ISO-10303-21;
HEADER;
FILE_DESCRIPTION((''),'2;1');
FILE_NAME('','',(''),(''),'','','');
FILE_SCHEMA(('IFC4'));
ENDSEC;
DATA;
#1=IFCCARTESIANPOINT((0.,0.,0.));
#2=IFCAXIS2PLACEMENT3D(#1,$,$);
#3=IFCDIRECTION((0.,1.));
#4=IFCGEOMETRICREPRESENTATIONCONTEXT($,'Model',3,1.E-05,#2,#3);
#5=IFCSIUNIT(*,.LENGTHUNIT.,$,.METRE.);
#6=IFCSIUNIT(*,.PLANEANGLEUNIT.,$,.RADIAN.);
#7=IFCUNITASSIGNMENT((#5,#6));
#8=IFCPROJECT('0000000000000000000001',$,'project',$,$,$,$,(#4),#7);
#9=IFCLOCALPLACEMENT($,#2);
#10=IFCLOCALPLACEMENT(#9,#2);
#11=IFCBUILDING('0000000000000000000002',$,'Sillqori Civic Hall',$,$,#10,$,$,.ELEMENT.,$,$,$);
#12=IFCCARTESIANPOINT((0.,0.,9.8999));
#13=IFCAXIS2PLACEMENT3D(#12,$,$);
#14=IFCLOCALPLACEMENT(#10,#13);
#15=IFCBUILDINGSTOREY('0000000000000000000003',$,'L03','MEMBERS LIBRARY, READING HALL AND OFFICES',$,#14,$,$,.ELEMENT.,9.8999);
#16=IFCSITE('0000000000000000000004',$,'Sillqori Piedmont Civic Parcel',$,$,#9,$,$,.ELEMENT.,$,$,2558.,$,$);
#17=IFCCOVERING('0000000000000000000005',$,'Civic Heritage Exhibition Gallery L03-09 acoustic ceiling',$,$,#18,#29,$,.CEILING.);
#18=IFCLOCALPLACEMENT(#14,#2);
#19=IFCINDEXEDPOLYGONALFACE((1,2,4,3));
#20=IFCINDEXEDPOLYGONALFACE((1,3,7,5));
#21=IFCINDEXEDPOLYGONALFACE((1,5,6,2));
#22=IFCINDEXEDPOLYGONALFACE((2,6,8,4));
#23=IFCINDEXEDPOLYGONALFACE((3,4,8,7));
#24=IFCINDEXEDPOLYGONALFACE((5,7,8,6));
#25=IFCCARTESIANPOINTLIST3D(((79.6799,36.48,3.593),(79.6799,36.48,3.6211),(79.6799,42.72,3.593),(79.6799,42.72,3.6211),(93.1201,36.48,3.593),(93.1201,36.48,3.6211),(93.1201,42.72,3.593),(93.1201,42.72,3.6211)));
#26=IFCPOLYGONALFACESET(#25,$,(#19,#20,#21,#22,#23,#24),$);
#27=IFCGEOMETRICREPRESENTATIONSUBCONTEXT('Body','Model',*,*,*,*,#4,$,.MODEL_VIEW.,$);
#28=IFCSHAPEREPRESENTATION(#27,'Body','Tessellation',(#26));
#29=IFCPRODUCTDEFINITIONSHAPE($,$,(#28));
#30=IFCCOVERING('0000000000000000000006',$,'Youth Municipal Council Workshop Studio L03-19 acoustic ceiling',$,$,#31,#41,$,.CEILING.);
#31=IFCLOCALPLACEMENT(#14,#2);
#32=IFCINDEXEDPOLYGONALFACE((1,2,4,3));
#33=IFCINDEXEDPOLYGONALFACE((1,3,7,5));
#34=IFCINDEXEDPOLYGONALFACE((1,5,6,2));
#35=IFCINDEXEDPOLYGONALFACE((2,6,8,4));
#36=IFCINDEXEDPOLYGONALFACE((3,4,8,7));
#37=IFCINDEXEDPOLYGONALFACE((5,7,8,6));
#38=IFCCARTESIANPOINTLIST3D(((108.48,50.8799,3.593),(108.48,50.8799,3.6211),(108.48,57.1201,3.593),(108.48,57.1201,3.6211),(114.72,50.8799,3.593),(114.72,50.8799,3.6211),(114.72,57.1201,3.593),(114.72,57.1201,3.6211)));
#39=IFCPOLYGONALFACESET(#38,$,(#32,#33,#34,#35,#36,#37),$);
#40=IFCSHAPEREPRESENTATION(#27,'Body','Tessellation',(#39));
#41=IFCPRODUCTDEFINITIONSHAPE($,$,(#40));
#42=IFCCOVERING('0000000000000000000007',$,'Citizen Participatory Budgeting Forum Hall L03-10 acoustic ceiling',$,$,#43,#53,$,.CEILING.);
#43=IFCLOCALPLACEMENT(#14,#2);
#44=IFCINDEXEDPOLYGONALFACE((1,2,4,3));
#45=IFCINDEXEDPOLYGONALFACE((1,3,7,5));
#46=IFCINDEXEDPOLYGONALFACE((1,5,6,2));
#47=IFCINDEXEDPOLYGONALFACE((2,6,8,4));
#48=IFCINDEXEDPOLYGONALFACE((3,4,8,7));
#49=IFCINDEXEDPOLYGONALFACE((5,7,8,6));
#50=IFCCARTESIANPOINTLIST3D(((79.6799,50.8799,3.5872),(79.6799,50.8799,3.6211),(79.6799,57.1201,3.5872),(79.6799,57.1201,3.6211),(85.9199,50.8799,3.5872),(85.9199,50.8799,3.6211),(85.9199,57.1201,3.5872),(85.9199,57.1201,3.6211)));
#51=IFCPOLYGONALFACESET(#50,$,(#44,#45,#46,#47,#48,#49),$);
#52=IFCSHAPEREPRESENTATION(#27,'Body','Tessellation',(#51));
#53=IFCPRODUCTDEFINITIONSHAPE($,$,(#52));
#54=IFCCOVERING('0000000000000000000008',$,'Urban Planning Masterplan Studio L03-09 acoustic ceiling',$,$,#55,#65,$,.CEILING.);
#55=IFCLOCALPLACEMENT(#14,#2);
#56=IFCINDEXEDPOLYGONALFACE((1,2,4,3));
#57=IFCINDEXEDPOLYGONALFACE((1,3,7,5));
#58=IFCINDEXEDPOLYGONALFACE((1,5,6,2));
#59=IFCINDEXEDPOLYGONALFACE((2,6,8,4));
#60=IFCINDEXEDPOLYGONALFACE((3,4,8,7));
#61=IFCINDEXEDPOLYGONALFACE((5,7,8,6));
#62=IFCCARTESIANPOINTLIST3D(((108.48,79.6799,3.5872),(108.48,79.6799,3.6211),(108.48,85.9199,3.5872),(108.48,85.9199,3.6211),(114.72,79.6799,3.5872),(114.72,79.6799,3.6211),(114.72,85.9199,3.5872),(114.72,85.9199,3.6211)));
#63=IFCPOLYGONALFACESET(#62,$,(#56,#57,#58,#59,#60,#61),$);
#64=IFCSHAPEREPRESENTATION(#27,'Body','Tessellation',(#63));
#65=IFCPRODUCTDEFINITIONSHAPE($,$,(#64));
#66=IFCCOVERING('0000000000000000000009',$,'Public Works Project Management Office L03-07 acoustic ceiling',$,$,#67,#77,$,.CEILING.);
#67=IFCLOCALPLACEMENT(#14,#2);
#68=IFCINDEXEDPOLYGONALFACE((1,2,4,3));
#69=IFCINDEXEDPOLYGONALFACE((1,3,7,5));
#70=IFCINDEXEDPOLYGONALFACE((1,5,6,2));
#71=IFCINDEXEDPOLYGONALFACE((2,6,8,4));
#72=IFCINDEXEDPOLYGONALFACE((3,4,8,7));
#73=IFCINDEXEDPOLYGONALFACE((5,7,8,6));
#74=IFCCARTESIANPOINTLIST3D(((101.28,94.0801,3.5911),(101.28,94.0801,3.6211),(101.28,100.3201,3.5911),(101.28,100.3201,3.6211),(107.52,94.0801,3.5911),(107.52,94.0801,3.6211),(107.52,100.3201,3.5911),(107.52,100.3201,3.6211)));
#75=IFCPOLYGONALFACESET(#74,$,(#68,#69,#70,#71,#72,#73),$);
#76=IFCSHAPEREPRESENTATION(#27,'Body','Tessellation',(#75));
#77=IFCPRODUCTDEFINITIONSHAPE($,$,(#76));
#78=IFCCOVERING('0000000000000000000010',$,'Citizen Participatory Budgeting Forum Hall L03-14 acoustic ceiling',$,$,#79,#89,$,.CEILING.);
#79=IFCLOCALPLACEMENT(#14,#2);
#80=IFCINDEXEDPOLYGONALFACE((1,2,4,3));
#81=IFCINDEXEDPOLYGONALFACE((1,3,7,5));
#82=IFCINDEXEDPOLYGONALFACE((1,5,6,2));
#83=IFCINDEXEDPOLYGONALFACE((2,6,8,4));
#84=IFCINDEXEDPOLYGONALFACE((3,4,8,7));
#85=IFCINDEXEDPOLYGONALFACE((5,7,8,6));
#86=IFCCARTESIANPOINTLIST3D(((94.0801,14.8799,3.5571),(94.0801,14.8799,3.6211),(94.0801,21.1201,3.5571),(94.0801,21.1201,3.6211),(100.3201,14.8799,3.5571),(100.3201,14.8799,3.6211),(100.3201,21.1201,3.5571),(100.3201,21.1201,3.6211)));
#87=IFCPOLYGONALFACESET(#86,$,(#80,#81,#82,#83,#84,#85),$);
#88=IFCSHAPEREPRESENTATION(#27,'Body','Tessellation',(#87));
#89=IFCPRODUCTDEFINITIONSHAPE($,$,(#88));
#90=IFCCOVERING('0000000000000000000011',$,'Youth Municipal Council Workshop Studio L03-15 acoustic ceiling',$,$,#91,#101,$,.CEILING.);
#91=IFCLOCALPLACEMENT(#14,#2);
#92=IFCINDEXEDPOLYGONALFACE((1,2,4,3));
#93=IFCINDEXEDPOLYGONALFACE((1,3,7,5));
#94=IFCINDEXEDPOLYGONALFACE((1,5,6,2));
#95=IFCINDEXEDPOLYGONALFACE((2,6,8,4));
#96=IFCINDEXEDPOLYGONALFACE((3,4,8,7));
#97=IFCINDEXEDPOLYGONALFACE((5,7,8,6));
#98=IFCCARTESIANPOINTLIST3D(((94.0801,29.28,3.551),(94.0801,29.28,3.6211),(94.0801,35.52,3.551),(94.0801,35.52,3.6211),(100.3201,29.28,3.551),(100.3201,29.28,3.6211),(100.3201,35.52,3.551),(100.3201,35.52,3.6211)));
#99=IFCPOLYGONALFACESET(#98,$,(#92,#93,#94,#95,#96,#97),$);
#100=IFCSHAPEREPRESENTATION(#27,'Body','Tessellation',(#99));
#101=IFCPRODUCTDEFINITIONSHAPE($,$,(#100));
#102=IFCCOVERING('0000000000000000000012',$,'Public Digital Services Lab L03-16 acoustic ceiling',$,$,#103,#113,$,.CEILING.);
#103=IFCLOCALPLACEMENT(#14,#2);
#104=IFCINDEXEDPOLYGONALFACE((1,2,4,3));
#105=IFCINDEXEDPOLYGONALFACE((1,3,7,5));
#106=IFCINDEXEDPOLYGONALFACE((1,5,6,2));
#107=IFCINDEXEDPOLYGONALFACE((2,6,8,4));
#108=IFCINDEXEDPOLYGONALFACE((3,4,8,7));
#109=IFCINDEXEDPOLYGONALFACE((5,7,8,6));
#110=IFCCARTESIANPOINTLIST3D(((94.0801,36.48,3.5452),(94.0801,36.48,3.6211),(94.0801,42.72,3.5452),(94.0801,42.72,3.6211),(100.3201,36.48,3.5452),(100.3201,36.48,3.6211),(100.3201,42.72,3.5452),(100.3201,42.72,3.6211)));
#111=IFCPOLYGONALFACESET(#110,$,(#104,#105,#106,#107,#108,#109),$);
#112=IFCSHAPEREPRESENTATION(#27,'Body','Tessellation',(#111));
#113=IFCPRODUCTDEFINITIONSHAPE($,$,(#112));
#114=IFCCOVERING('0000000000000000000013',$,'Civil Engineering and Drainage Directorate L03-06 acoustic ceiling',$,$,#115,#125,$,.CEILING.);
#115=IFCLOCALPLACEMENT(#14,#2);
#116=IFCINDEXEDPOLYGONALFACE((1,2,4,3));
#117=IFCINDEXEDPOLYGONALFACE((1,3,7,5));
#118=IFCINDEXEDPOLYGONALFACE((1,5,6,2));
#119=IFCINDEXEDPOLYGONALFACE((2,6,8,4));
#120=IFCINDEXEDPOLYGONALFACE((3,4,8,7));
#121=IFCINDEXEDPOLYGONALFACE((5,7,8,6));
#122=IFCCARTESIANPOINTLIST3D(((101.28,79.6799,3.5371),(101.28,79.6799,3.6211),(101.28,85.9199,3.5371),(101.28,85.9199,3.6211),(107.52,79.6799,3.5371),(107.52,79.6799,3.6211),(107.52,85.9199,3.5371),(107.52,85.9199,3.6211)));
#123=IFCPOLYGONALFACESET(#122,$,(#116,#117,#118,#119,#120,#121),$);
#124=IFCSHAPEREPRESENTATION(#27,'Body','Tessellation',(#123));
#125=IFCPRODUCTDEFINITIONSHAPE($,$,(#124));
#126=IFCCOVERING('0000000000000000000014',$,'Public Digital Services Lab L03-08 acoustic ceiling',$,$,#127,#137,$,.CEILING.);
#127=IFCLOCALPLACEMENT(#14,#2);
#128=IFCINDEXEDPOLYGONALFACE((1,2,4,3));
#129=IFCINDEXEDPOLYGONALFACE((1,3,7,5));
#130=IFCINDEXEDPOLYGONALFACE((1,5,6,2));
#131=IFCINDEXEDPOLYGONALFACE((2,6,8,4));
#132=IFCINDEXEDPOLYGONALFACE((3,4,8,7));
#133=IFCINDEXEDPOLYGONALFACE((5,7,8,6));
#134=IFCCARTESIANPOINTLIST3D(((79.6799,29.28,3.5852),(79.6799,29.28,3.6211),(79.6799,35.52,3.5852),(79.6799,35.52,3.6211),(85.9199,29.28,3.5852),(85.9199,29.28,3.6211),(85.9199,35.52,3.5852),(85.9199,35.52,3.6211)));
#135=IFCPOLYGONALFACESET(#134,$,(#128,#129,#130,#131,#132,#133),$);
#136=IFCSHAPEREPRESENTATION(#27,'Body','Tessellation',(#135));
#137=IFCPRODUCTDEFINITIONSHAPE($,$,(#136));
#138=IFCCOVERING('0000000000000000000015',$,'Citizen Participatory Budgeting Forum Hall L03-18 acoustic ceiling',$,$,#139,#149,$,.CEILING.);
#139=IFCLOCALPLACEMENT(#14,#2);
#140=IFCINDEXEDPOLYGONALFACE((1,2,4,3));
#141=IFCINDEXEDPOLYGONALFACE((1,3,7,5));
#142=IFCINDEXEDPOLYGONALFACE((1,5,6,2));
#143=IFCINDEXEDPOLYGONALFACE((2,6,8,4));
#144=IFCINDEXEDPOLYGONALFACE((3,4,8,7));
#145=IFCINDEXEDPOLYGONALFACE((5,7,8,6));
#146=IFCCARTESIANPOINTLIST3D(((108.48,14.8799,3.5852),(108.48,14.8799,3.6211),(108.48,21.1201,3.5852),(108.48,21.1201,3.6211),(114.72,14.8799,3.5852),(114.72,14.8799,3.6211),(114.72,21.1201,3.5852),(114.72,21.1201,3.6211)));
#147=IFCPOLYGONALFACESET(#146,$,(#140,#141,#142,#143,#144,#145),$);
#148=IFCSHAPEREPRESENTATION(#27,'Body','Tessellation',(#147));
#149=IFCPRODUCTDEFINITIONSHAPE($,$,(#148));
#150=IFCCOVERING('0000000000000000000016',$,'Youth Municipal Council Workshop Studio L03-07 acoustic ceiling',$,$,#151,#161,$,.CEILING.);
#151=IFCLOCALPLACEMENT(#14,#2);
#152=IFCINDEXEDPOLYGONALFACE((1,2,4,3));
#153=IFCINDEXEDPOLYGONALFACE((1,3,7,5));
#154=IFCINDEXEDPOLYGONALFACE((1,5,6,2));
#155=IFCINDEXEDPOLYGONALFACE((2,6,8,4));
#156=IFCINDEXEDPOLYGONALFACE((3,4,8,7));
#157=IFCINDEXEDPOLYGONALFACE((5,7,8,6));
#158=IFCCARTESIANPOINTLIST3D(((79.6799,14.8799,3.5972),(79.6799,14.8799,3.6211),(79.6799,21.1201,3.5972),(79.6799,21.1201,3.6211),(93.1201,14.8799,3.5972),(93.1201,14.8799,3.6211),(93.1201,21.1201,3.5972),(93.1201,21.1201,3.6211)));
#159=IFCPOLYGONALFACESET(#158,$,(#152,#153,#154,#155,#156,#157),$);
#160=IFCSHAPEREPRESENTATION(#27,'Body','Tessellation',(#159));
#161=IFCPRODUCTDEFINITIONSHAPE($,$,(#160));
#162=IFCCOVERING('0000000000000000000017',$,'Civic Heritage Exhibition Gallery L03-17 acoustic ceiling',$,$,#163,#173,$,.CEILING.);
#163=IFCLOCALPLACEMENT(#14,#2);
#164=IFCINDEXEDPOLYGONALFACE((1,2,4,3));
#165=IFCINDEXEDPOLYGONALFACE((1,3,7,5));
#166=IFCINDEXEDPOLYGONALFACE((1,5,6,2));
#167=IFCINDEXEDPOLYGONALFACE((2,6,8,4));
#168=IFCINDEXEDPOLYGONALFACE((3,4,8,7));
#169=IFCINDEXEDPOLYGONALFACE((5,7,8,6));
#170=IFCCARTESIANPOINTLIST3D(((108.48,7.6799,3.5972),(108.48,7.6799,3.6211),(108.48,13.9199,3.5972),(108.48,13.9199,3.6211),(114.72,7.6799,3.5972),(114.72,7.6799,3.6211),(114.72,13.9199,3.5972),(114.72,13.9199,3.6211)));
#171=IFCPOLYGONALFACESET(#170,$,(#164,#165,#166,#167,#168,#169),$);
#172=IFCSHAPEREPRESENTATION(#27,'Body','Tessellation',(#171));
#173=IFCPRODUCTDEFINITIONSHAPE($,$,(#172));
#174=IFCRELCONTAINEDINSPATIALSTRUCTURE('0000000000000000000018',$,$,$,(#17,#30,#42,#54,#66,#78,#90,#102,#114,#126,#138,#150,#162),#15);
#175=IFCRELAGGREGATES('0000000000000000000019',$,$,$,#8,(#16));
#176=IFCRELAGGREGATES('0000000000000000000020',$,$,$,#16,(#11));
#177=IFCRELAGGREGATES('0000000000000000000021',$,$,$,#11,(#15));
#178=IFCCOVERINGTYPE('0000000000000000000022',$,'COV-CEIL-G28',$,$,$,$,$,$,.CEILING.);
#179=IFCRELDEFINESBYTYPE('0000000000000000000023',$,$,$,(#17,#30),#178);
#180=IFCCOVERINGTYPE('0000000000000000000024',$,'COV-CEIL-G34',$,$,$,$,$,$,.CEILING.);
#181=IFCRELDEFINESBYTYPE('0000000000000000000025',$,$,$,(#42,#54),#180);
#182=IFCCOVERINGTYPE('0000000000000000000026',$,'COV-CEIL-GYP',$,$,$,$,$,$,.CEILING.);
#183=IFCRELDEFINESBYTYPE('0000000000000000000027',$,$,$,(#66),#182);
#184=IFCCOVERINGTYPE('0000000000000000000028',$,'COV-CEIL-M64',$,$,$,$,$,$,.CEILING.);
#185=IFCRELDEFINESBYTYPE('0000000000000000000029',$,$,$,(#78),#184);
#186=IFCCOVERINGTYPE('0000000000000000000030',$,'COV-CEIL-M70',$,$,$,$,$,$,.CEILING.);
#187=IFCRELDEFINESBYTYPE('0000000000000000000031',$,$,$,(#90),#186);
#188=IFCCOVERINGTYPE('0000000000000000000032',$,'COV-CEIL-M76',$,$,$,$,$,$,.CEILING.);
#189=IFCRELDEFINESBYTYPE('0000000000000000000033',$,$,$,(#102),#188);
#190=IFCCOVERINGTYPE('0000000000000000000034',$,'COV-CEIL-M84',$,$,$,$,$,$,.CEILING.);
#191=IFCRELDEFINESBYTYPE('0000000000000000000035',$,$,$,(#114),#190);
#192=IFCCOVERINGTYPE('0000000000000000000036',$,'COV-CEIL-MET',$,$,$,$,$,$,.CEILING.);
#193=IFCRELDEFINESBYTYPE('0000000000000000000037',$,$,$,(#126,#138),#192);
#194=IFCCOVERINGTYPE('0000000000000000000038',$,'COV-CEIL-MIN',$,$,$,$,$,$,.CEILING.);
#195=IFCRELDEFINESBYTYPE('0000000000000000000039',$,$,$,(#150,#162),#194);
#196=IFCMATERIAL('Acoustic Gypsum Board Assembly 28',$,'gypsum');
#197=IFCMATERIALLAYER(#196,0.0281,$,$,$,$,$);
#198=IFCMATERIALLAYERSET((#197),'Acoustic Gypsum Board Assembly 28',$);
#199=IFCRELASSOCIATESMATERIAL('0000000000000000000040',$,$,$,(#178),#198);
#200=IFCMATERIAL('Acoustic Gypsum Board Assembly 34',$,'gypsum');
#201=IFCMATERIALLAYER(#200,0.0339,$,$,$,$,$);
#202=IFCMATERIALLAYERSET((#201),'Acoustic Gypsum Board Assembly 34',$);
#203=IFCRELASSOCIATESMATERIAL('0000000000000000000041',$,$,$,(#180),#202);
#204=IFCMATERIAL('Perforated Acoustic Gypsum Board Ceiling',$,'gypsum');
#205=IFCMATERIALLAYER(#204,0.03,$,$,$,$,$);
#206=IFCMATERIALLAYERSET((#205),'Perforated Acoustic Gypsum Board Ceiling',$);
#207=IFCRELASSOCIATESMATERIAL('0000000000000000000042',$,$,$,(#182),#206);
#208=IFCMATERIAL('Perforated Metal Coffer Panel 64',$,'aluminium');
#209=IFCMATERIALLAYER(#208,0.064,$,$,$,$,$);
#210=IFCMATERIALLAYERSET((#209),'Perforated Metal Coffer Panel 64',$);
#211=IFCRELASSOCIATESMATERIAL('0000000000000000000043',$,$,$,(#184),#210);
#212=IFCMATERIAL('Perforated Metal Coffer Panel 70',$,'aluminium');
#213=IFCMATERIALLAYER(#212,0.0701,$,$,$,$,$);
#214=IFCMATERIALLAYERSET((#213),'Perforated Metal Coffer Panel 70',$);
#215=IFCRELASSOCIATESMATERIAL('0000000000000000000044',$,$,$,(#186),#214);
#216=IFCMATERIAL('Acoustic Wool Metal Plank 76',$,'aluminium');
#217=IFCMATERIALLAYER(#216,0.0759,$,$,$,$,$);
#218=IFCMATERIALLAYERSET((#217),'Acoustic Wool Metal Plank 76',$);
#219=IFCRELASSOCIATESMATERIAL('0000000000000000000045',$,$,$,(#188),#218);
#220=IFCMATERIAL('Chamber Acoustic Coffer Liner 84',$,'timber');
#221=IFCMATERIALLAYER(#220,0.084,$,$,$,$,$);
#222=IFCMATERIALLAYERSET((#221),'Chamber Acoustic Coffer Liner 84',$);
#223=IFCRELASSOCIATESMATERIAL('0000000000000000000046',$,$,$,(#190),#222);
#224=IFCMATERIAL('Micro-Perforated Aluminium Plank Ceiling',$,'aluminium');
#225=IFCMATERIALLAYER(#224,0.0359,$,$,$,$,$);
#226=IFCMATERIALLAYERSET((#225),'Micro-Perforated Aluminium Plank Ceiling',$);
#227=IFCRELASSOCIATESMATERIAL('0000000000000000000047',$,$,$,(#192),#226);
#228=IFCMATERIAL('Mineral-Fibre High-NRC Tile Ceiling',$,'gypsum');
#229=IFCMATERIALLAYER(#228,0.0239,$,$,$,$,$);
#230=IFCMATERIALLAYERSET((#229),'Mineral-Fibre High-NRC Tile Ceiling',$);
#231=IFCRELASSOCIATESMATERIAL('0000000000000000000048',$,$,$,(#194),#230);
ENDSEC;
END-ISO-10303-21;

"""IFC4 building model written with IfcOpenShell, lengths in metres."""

from ifc_helpers import new_model, si_unit, direction, frame, origin, place, context, subcontext, project, spatial, polyline, outline, extrude, material, layer, layer_set, type_object, element, save


model = new_model("IFC4")

# Units and contexts
model_context = context("Model", 3, precision=1e-05, world=origin(), true_north=direction((0.0, 1.0)))
body_context = subcontext(model_context, "Body", "Model", "MODEL_VIEW")
ifc_project = project(units=[si_unit("LENGTHUNIT", "METRE"), si_unit("PLANEANGLEUNIT", "RADIAN")], contexts=[model_context])

# Site, building, storey
site_placement = place(None, origin())
site = spatial("IfcSite", under=ifc_project, at=site_placement, Name="Sillqori Piedmont Civic Parcel", CompositionType="ELEMENT", RefElevation=2558.0)
building_placement = place(site_placement, origin())
building = spatial("IfcBuilding", under=site, at=building_placement, Name="Sillqori Civic Hall", CompositionType="ELEMENT")
storey_placement = place(building_placement, frame((0.0, 0.0, 9.8999)))
storey = spatial("IfcBuildingStorey", under=building, at=storey_placement, Name="L03", Description="MEMBERS LIBRARY, READING HALL AND OFFICES", CompositionType="ELEMENT", Elevation=9.8999)

# Coverings
ifc_material_1 = material(Name="Acoustic Gypsum Board Assembly 28", Category="gypsum")
ifc_layer_1 = layer(ifc_material_1, 0.0281)
ifc_layer_set_1 = layer_set([ifc_layer_1], Name="Acoustic Gypsum Board Assembly 28")
covering_type_1 = type_object("IfcCoveringType", Name="COV-CEIL-G28", PredefinedType="CEILING", material=ifc_layer_set_1)
covering_1_placement = place(storey_placement, frame((0.0, 0.0, 3.593)))
element("IfcCovering", 1, at=covering_1_placement, inside=storey, type_object=covering_type_1, Name="Civic Heritage Exhibition Gallery L03-09 acoustic ceiling", PredefinedType="CEILING", context=body_context, shape_type="SweptSolid", body=[
    extrude(outline(polyline([(79.6799, 36.48), (93.1201, 36.48), (93.1201, 42.72), (79.6799, 42.72), (79.6799, 36.48)])), origin(), (0.0, 0.0, 1.0), 0.0281),
])
covering_2_placement = place(storey_placement, frame((0.0, 0.0, 3.593)))
element("IfcCovering", 2, at=covering_2_placement, inside=storey, type_object=covering_type_1, Name="Youth Municipal Council Workshop Studio L03-19 acoustic ceiling", PredefinedType="CEILING", context=body_context, shape_type="SweptSolid", body=[
    extrude(outline(polyline([(108.48, 50.8799), (114.72, 50.8799), (114.72, 57.1201), (108.48, 57.1201), (108.48, 50.8799)])), origin(), (0.0, 0.0, 1.0), 0.0281),
])
ifc_material_2 = material(Name="Acoustic Gypsum Board Assembly 34", Category="gypsum")
ifc_layer_2 = layer(ifc_material_2, 0.0339)
ifc_layer_set_2 = layer_set([ifc_layer_2], Name="Acoustic Gypsum Board Assembly 34")
covering_type_2 = type_object("IfcCoveringType", Name="COV-CEIL-G34", PredefinedType="CEILING", material=ifc_layer_set_2)
covering_3_placement = place(storey_placement, frame((0.0, 0.0, 3.5872)))
element("IfcCovering", 3, at=covering_3_placement, inside=storey, type_object=covering_type_2, Name="Citizen Participatory Budgeting Forum Hall L03-10 acoustic ceiling", PredefinedType="CEILING", context=body_context, shape_type="SweptSolid", body=[
    extrude(outline(polyline([(79.6799, 50.8799), (85.9199, 50.8799), (85.9199, 57.1201), (79.6799, 57.1201), (79.6799, 50.8799)])), origin(), (0.0, 0.0, 1.0), 0.0339),
])
covering_4_placement = place(storey_placement, frame((0.0, 0.0, 3.5872)))
element("IfcCovering", 4, at=covering_4_placement, inside=storey, type_object=covering_type_2, Name="Urban Planning Masterplan Studio L03-09 acoustic ceiling", PredefinedType="CEILING", context=body_context, shape_type="SweptSolid", body=[
    extrude(outline(polyline([(108.48, 79.6799), (114.72, 79.6799), (114.72, 85.9199), (108.48, 85.9199), (108.48, 79.6799)])), origin(), (0.0, 0.0, 1.0), 0.0339),
])
ifc_material_3 = material(Name="Perforated Acoustic Gypsum Board Ceiling", Category="gypsum")
ifc_layer_3 = layer(ifc_material_3, 0.03)
ifc_layer_set_3 = layer_set([ifc_layer_3], Name="Perforated Acoustic Gypsum Board Ceiling")
covering_type_3 = type_object("IfcCoveringType", Name="COV-CEIL-GYP", PredefinedType="CEILING", material=ifc_layer_set_3)
covering_5_placement = place(storey_placement, frame((0.0, 0.0, 3.5911)))
element("IfcCovering", 5, at=covering_5_placement, inside=storey, type_object=covering_type_3, Name="Public Works Project Management Office L03-07 acoustic ceiling", PredefinedType="CEILING", context=body_context, shape_type="SweptSolid", body=[
    extrude(outline(polyline([(101.28, 94.0801), (107.52, 94.0801), (107.52, 100.3201), (101.28, 100.3201), (101.28, 94.0801)])), origin(), (0.0, 0.0, 1.0), 0.03),
])
ifc_material_4 = material(Name="Perforated Metal Coffer Panel 64", Category="aluminium")
ifc_layer_4 = layer(ifc_material_4, 0.064)
ifc_layer_set_4 = layer_set([ifc_layer_4], Name="Perforated Metal Coffer Panel 64")
covering_type_4 = type_object("IfcCoveringType", Name="COV-CEIL-M64", PredefinedType="CEILING", material=ifc_layer_set_4)
covering_6_placement = place(storey_placement, frame((0.0, 0.0, 3.5571)))
element("IfcCovering", 6, at=covering_6_placement, inside=storey, type_object=covering_type_4, Name="Citizen Participatory Budgeting Forum Hall L03-14 acoustic ceiling", PredefinedType="CEILING", context=body_context, shape_type="SweptSolid", body=[
    extrude(outline(polyline([(94.0801, 14.8799), (100.3201, 14.8799), (100.3201, 21.1201), (94.0801, 21.1201), (94.0801, 14.8799)])), origin(), (0.0, 0.0, 1.0), 0.064),
])
ifc_material_5 = material(Name="Perforated Metal Coffer Panel 70", Category="aluminium")
ifc_layer_5 = layer(ifc_material_5, 0.0701)
ifc_layer_set_5 = layer_set([ifc_layer_5], Name="Perforated Metal Coffer Panel 70")
covering_type_5 = type_object("IfcCoveringType", Name="COV-CEIL-M70", PredefinedType="CEILING", material=ifc_layer_set_5)
covering_7_placement = place(storey_placement, frame((0.0, 0.0, 3.551)))
element("IfcCovering", 7, at=covering_7_placement, inside=storey, type_object=covering_type_5, Name="Youth Municipal Council Workshop Studio L03-15 acoustic ceiling", PredefinedType="CEILING", context=body_context, shape_type="SweptSolid", body=[
    extrude(outline(polyline([(94.0801, 29.28), (100.3201, 29.28), (100.3201, 35.52), (94.0801, 35.52), (94.0801, 29.28)])), origin(), (0.0, 0.0, 1.0), 0.0701),
])
ifc_material_6 = material(Name="Acoustic Wool Metal Plank 76", Category="aluminium")
ifc_layer_6 = layer(ifc_material_6, 0.0759)
ifc_layer_set_6 = layer_set([ifc_layer_6], Name="Acoustic Wool Metal Plank 76")
covering_type_6 = type_object("IfcCoveringType", Name="COV-CEIL-M76", PredefinedType="CEILING", material=ifc_layer_set_6)
covering_8_placement = place(storey_placement, frame((0.0, 0.0, 3.5452)))
element("IfcCovering", 8, at=covering_8_placement, inside=storey, type_object=covering_type_6, Name="Public Digital Services Lab L03-16 acoustic ceiling", PredefinedType="CEILING", context=body_context, shape_type="SweptSolid", body=[
    extrude(outline(polyline([(94.0801, 36.48), (100.3201, 36.48), (100.3201, 42.72), (94.0801, 42.72), (94.0801, 36.48)])), origin(), (0.0, 0.0, 1.0), 0.0759),
])
ifc_material_7 = material(Name="Chamber Acoustic Coffer Liner 84", Category="timber")
ifc_layer_7 = layer(ifc_material_7, 0.084)
ifc_layer_set_7 = layer_set([ifc_layer_7], Name="Chamber Acoustic Coffer Liner 84")
covering_type_7 = type_object("IfcCoveringType", Name="COV-CEIL-M84", PredefinedType="CEILING", material=ifc_layer_set_7)
covering_9_placement = place(storey_placement, frame((0.0, 0.0, 3.5371)))
element("IfcCovering", 9, at=covering_9_placement, inside=storey, type_object=covering_type_7, Name="Civil Engineering and Drainage Directorate L03-06 acoustic ceiling", PredefinedType="CEILING", context=body_context, shape_type="SweptSolid", body=[
    extrude(outline(polyline([(101.28, 79.6799), (107.52, 79.6799), (107.52, 85.9199), (101.28, 85.9199), (101.28, 79.6799)])), origin(), (0.0, 0.0, 1.0), 0.084),
])
ifc_material_8 = material(Name="Micro-Perforated Aluminium Plank Ceiling", Category="aluminium")
ifc_layer_8 = layer(ifc_material_8, 0.0359)
ifc_layer_set_8 = layer_set([ifc_layer_8], Name="Micro-Perforated Aluminium Plank Ceiling")
covering_type_8 = type_object("IfcCoveringType", Name="COV-CEIL-MET", PredefinedType="CEILING", material=ifc_layer_set_8)
covering_10_placement = place(storey_placement, frame((0.0, 0.0, 3.5852)))
element("IfcCovering", 10, at=covering_10_placement, inside=storey, type_object=covering_type_8, Name="Public Digital Services Lab L03-08 acoustic ceiling", PredefinedType="CEILING", context=body_context, shape_type="SweptSolid", body=[
    extrude(outline(polyline([(79.6799, 29.28), (85.9199, 29.28), (85.9199, 35.52), (79.6799, 35.52), (79.6799, 29.28)])), origin(), (0.0, 0.0, 1.0), 0.0359),
])
covering_11_placement = place(storey_placement, frame((0.0, 0.0, 3.5852)))
element("IfcCovering", 11, at=covering_11_placement, inside=storey, type_object=covering_type_8, Name="Citizen Participatory Budgeting Forum Hall L03-18 acoustic ceiling", PredefinedType="CEILING", context=body_context, shape_type="SweptSolid", body=[
    extrude(outline(polyline([(108.48, 14.8799), (114.72, 14.8799), (114.72, 21.1201), (108.48, 21.1201), (108.48, 14.8799)])), origin(), (0.0, 0.0, 1.0), 0.0359),
])
ifc_material_9 = material(Name="Mineral-Fibre High-NRC Tile Ceiling", Category="gypsum")
ifc_layer_9 = layer(ifc_material_9, 0.0239)
ifc_layer_set_9 = layer_set([ifc_layer_9], Name="Mineral-Fibre High-NRC Tile Ceiling")
covering_type_9 = type_object("IfcCoveringType", Name="COV-CEIL-MIN", PredefinedType="CEILING", material=ifc_layer_set_9)
covering_12_placement = place(storey_placement, frame((0.0, 0.0, 3.5972)))
element("IfcCovering", 12, at=covering_12_placement, inside=storey, type_object=covering_type_9, Name="Youth Municipal Council Workshop Studio L03-07 acoustic ceiling", PredefinedType="CEILING", context=body_context, shape_type="SweptSolid", body=[
    extrude(outline(polyline([(79.6799, 14.8799), (93.1201, 14.8799), (93.1201, 21.1201), (79.6799, 21.1201), (79.6799, 14.8799)])), origin(), (0.0, 0.0, 1.0), 0.0239),
])
covering_13_placement = place(storey_placement, frame((0.0, 0.0, 3.5972)))
element("IfcCovering", 13, at=covering_13_placement, inside=storey, type_object=covering_type_9, Name="Civic Heritage Exhibition Gallery L03-17 acoustic ceiling", PredefinedType="CEILING", context=body_context, shape_type="SweptSolid", body=[
    extrude(outline(polyline([(108.48, 7.6799), (114.72, 7.6799), (114.72, 13.9199), (108.48, 13.9199), (108.48, 7.6799)])), origin(), (0.0, 0.0, 1.0), 0.0239),
])

save(model, "model.ifc")
